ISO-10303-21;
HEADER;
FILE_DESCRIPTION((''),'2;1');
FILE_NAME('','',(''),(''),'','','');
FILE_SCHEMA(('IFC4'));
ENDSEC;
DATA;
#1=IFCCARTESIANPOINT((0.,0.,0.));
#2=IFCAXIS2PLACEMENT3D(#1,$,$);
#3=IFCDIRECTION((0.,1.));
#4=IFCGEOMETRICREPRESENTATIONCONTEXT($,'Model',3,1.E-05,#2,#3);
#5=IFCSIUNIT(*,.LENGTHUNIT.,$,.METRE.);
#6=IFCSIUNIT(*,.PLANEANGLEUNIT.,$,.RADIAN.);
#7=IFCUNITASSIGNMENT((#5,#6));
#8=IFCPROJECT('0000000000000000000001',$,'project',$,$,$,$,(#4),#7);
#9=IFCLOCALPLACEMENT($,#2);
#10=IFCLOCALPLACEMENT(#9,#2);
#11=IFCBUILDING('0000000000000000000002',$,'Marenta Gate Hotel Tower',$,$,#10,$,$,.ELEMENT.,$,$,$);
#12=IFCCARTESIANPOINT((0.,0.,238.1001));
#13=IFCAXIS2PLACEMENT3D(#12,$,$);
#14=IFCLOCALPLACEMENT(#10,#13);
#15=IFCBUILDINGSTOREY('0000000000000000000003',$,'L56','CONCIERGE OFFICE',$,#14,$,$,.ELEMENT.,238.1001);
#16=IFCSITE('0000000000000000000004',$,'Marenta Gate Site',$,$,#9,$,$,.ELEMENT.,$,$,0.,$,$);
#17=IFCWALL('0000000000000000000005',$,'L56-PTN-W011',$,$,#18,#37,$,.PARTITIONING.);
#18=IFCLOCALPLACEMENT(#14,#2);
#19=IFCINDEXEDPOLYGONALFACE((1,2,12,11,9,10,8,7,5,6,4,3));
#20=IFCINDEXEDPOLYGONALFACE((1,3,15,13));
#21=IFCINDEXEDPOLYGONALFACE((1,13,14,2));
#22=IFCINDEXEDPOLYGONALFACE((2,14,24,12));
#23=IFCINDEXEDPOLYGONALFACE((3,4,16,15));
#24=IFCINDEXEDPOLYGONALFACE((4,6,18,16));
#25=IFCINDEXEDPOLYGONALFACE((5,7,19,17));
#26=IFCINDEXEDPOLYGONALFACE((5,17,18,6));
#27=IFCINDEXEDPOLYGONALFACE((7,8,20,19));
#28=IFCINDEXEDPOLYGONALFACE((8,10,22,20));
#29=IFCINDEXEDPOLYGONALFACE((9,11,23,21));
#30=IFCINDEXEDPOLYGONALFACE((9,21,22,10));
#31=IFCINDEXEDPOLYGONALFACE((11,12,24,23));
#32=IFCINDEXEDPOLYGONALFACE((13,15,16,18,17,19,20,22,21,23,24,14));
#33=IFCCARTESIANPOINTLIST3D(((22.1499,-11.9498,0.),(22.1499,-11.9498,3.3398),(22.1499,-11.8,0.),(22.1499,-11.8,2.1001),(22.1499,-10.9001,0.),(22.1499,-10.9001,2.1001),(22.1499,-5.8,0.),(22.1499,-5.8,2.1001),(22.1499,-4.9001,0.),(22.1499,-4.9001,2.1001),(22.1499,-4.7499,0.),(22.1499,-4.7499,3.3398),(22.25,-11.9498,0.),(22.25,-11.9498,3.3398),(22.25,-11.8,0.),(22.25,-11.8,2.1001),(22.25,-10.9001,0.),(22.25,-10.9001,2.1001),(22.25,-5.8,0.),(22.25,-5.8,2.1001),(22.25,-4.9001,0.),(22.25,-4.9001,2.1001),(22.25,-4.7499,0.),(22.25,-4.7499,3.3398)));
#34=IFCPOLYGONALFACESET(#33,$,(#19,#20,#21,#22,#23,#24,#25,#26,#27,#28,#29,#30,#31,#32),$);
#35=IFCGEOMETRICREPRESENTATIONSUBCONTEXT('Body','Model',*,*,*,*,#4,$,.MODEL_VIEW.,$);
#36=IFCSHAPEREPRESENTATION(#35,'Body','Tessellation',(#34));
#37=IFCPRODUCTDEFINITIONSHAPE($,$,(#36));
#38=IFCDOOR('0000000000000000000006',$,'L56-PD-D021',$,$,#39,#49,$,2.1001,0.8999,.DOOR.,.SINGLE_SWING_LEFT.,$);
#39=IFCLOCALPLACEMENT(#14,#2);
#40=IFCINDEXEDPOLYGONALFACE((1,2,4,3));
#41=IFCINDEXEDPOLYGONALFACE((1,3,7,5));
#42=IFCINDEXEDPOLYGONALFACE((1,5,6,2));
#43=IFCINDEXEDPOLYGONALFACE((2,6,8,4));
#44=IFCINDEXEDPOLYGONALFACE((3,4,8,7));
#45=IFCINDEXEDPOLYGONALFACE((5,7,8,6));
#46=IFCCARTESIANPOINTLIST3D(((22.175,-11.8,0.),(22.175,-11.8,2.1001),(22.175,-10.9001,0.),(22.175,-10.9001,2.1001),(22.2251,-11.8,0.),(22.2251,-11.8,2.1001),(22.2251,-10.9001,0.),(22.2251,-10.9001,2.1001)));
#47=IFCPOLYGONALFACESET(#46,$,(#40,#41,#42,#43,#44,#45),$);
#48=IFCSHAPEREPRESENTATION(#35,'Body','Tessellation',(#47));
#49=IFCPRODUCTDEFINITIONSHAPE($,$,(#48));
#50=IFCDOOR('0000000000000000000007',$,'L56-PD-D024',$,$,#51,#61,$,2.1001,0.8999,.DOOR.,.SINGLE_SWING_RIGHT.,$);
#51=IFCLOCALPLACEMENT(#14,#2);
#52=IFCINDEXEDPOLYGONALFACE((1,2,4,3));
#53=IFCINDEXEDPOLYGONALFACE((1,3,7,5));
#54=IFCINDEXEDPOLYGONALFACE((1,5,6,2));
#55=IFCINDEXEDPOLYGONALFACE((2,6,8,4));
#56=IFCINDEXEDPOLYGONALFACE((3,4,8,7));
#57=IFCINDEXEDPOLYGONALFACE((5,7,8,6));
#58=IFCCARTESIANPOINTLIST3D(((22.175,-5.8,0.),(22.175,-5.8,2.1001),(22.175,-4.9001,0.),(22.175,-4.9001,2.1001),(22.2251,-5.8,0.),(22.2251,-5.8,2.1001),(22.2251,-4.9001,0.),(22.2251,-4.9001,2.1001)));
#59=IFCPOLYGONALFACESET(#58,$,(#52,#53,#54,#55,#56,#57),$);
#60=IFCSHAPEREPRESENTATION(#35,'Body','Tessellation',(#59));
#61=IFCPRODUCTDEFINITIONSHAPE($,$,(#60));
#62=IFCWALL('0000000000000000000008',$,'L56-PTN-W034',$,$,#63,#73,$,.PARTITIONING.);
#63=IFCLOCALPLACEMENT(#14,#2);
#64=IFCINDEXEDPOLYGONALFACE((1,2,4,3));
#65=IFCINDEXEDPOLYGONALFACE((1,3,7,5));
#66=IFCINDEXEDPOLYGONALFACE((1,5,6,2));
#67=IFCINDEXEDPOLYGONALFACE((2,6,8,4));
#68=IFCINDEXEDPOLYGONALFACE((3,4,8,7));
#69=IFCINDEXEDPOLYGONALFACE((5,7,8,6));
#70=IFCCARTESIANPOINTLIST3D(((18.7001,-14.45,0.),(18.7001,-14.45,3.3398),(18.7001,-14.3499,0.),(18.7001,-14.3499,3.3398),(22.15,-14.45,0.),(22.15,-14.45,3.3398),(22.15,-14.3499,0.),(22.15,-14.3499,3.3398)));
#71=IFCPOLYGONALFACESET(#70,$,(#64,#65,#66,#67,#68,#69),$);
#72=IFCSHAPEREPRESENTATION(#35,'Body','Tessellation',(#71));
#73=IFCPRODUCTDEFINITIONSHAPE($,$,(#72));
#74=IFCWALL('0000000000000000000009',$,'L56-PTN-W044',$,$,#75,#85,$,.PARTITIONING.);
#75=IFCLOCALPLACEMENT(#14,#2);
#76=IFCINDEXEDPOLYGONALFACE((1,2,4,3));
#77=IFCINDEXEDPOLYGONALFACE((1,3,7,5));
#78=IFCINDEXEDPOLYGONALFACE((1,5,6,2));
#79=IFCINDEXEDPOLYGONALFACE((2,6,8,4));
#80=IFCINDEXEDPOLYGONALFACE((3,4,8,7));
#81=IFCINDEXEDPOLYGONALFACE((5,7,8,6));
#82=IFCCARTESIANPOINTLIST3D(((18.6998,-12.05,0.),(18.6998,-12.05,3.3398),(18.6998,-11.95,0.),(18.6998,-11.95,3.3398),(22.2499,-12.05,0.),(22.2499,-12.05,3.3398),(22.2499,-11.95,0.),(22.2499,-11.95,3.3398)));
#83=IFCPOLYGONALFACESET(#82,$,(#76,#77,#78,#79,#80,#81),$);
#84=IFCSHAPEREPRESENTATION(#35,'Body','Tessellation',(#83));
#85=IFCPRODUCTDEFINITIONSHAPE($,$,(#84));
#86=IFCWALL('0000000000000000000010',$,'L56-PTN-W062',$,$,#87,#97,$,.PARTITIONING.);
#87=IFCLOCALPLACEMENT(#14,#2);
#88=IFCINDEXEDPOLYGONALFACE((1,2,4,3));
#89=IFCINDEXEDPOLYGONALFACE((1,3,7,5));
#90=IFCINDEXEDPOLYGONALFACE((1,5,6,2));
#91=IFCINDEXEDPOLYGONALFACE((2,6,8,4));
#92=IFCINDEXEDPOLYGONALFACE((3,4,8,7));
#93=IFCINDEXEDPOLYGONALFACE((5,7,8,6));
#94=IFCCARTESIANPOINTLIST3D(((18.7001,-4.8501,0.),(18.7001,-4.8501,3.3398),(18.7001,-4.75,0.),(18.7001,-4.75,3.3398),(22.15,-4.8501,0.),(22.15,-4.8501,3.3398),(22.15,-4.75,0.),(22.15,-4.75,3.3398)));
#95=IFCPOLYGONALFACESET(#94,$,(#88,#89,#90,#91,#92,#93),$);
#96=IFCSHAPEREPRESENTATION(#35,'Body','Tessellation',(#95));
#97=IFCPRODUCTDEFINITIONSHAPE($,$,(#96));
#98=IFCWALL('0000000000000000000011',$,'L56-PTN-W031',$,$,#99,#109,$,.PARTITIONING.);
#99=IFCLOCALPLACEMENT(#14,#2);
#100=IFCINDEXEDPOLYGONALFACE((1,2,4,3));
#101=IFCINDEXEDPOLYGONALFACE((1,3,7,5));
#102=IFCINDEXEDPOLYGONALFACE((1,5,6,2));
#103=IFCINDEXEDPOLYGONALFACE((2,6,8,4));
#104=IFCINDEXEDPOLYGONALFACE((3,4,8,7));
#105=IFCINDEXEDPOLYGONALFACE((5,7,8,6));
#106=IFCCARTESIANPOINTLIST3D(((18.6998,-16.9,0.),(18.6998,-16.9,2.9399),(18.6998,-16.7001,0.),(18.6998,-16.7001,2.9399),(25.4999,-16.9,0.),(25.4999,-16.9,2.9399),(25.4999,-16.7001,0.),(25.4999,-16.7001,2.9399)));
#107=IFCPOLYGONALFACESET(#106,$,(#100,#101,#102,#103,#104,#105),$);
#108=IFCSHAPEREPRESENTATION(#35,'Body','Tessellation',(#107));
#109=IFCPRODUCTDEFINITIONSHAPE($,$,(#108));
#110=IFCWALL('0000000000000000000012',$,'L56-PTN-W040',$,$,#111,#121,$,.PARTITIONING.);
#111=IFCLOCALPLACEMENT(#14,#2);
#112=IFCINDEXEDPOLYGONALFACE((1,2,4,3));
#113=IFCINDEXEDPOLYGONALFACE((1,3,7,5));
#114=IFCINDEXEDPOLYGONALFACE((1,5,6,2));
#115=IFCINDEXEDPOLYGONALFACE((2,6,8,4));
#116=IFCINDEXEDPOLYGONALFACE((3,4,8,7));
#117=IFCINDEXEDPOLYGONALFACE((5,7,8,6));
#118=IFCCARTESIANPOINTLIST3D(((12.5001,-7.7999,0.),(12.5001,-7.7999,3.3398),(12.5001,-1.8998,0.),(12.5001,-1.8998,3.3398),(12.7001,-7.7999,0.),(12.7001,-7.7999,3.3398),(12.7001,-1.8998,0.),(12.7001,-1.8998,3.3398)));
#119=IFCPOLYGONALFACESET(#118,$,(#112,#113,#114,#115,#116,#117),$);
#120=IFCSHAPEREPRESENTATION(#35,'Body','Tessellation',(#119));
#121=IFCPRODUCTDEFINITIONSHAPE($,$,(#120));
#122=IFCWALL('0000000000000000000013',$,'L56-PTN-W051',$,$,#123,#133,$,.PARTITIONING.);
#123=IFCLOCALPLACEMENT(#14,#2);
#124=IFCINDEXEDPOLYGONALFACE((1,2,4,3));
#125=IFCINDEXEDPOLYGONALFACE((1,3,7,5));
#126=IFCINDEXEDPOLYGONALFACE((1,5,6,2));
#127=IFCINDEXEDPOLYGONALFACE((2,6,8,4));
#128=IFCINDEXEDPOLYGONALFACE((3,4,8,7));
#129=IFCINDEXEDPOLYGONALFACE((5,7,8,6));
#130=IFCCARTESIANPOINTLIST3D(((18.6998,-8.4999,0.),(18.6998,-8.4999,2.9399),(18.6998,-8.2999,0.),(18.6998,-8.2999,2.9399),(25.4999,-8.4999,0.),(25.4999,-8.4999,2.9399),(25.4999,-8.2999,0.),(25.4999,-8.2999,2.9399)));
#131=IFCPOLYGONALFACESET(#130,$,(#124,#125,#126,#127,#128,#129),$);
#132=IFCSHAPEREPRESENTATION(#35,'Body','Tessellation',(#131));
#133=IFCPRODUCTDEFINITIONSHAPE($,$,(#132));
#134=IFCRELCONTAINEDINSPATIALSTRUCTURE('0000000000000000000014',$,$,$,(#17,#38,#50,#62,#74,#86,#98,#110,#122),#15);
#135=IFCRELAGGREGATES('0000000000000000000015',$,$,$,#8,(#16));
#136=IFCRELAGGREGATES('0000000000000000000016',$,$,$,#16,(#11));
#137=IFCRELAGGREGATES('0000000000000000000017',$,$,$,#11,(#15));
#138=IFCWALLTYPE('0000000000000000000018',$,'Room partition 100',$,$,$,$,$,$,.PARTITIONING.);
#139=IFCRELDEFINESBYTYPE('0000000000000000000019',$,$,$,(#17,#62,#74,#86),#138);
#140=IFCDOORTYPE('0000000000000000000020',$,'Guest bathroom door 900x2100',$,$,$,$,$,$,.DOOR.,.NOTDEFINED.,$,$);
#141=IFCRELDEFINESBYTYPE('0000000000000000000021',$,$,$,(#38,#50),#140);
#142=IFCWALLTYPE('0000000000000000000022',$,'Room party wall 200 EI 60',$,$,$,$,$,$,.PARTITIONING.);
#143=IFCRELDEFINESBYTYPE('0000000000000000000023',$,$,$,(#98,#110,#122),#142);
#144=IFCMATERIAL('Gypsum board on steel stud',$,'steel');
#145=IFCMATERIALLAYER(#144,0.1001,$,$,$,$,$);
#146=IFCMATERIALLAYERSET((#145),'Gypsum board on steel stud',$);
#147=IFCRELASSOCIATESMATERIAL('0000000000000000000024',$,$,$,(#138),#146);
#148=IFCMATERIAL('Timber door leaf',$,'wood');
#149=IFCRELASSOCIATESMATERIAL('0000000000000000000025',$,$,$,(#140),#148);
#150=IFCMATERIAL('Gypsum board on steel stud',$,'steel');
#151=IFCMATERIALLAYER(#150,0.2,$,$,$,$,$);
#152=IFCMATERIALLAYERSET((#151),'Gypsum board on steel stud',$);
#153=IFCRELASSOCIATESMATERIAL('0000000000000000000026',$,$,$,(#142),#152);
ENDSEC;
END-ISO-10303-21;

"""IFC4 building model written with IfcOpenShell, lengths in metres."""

from ifc_helpers import new_model, si_unit, direction, frame, frame_2d, origin, place, context, subcontext, project, spatial, rectangle, extrude, material, layer, layer_set, type_object, element, fill, save


model = new_model("IFC4")

# Units and contexts
model_context = context("Model", 3, precision=1e-05, world=origin(), true_north=direction((0.0, 1.0)))
body_context = subcontext(model_context, "Body", "Model", "MODEL_VIEW")
ifc_project = project(units=[si_unit("LENGTHUNIT", "METRE"), si_unit("PLANEANGLEUNIT", "RADIAN")], contexts=[model_context])

# Site, building, storey
site_placement = place(None, origin())
site = spatial("IfcSite", under=ifc_project, at=site_placement, Name="Marenta Gate Site", CompositionType="ELEMENT", RefElevation=0.0)
building_placement = place(site_placement, origin())
building = spatial("IfcBuilding", under=site, at=building_placement, Name="Marenta Gate Hotel Tower", CompositionType="ELEMENT")
storey_placement = place(building_placement, frame((0.0, 0.0, 238.1001)))
storey = spatial("IfcBuildingStorey", under=building, at=storey_placement, Name="L56", Description="CONCIERGE OFFICE", CompositionType="ELEMENT", Elevation=238.1001)

# Shared definitions
ifc_material_1 = material(Name="Gypsum board on steel stud", Category="steel")
ifc_layer_1 = layer(ifc_material_1, 0.1001)
ifc_layer_set_1 = layer_set([ifc_layer_1], Name="Gypsum board on steel stud")
wall_type_1 = type_object("IfcWallType", Name="Room partition 100", PredefinedType="PARTITIONING", material=ifc_layer_set_1)

# Wall, openings, doors
wall_1_placement = place(storey_placement, frame((22.2, -11.95, 0.0), z_axis=(0.0, 0.0, 1.0), x_axis=(0.0, 1.0, 0.0)))
wall_1 = element("IfcWall", 1, at=wall_1_placement, inside=storey, type_object=wall_type_1, Name="L56-PTN-W011", PredefinedType="PARTITIONING", context=body_context, shape_type="SweptSolid", body=[
    extrude(rectangle(XDim=7.2, YDim=0.1001, at=frame_2d((3.6001, 0.0))), origin(), (0.0, 0.0, 1.0), 3.3398),
])
opening_1_placement = place(wall_1_placement, frame((0.1499, 0.0, 0.0)))
opening_1 = element("IfcOpeningElement", 2, at=opening_1_placement, cuts=wall_1, PredefinedType="OPENING", context=body_context, shape_type="SweptSolid", body=[
    extrude(rectangle(XDim=0.8999, YDim=2.1001, at=frame_2d((0.45, 1.05))), frame((0.0, 0.05, 0.0), z_axis=(0.0, -1.0, 0.0), x_axis=(1.0, 0.0, 0.0)), (0.0, 0.0, 1.0), 0.1001),
])
opening_2_placement = place(wall_1_placement, frame((6.1499, 0.0, 0.0)))
opening_2 = element("IfcOpeningElement", 3, at=opening_2_placement, cuts=wall_1, PredefinedType="OPENING", context=body_context, shape_type="SweptSolid", body=[
    extrude(rectangle(XDim=0.8999, YDim=2.1001, at=frame_2d((0.45, 1.05))), frame((0.0, 0.05, 0.0), z_axis=(0.0, -1.0, 0.0), x_axis=(1.0, 0.0, 0.0)), (0.0, 0.0, 1.0), 0.1001),
])
ifc_material_2 = material(Name="Timber door leaf", Category="wood")
door_type_1 = type_object("IfcDoorType", Name="Guest bathroom door 900x2100", OperationType="NOTDEFINED", PredefinedType="DOOR", material=ifc_material_2)
door_1_placement = place(opening_1_placement, origin())
door_1 = element("IfcDoor", 4, at=door_1_placement, inside=storey, type_object=door_type_1, Name="L56-PD-D021", OperationType="SINGLE_SWING_LEFT", OverallHeight=2.1001, OverallWidth=0.8999, PredefinedType="DOOR", context=body_context, shape_type="SweptSolid", body=[
    extrude(rectangle(XDim=0.8999, YDim=2.1001, at=frame_2d((0.45, 1.05))), frame((0.0, 0.0249, 0.0), z_axis=(0.0, -1.0, 0.0), x_axis=(1.0, 0.0, 0.0)), (0.0, 0.0, 1.0), 0.05),
])
fill(opening_1, door_1)
door_2_placement = place(opening_2_placement, origin())
door_2 = element("IfcDoor", 5, at=door_2_placement, inside=storey, type_object=door_type_1, Name="L56-PD-D024", OperationType="SINGLE_SWING_RIGHT", OverallHeight=2.1001, OverallWidth=0.8999, PredefinedType="DOOR", context=body_context, shape_type="SweptSolid", body=[
    extrude(rectangle(XDim=0.8999, YDim=2.1001, at=frame_2d((0.45, 1.05))), frame((0.0, 0.0249, 0.0), z_axis=(0.0, -1.0, 0.0), x_axis=(1.0, 0.0, 0.0)), (0.0, 0.0, 1.0), 0.05),
])
fill(opening_2, door_2)

# Walls
wall_2_placement = place(storey_placement, frame((18.7, -14.3999, 0.0), z_axis=(0.0, 0.0, 1.0), x_axis=(1.0, 0.0, 0.0)))
element("IfcWall", 6, at=wall_2_placement, inside=storey, type_object=wall_type_1, Name="L56-PTN-W034", PredefinedType="PARTITIONING", context=body_context, shape_type="SweptSolid", body=[
    extrude(rectangle(XDim=3.45, YDim=0.1001, at=frame_2d((1.7251, 0.0))), origin(), (0.0, 0.0, 1.0), 3.3398),
])
wall_3_placement = place(storey_placement, frame((18.7, -12.0, 0.0), z_axis=(0.0, 0.0, 1.0), x_axis=(1.0, 0.0, 0.0)))
element("IfcWall", 7, at=wall_3_placement, inside=storey, type_object=wall_type_1, Name="L56-PTN-W044", PredefinedType="PARTITIONING", context=body_context, shape_type="SweptSolid", body=[
    extrude(rectangle(XDim=3.55, YDim=0.1001, at=frame_2d((1.7749, 0.0))), origin(), (0.0, 0.0, 1.0), 3.3398),
])
wall_4_placement = place(storey_placement, frame((18.7, -4.8, 0.0), z_axis=(0.0, 0.0, 1.0), x_axis=(1.0, 0.0, 0.0)))
element("IfcWall", 8, at=wall_4_placement, inside=storey, type_object=wall_type_1, Name="L56-PTN-W062", PredefinedType="PARTITIONING", context=body_context, shape_type="SweptSolid", body=[
    extrude(rectangle(XDim=3.45, YDim=0.1001, at=frame_2d((1.7251, 0.0))), origin(), (0.0, 0.0, 1.0), 3.3398),
])
ifc_material_3 = material(Name="Gypsum board on steel stud", Category="steel")
ifc_layer_2 = layer(ifc_material_3, 0.2)
ifc_layer_set_2 = layer_set([ifc_layer_2], Name="Gypsum board on steel stud")
wall_type_2 = type_object("IfcWallType", Name="Room party wall 200 EI 60", PredefinedType="PARTITIONING", material=ifc_layer_set_2)
wall_5_placement = place(storey_placement, frame((18.7, -16.8, 0.0), z_axis=(0.0, 0.0, 1.0), x_axis=(1.0, 0.0, 0.0)))
element("IfcWall", 9, at=wall_5_placement, inside=storey, type_object=wall_type_2, Name="L56-PTN-W031", PredefinedType="PARTITIONING", context=body_context, shape_type="SweptSolid", body=[
    extrude(rectangle(XDim=6.8, YDim=0.2, at=frame_2d((3.3999, 0.0))), origin(), (0.0, 0.0, 1.0), 2.9399),
])
wall_6_placement = place(storey_placement, frame((12.6001, -7.8, 0.0), z_axis=(0.0, 0.0, 1.0), x_axis=(0.0, 1.0, 0.0)))
element("IfcWall", 10, at=wall_6_placement, inside=storey, type_object=wall_type_2, Name="L56-PTN-W040", PredefinedType="PARTITIONING", context=body_context, shape_type="SweptSolid", body=[
    extrude(rectangle(XDim=5.9001, YDim=0.2, at=frame_2d((2.9502, 0.0))), origin(), (0.0, 0.0, 1.0), 3.3398),
])
wall_7_placement = place(storey_placement, frame((18.7, -8.3999, 0.0), z_axis=(0.0, 0.0, 1.0), x_axis=(1.0, 0.0, 0.0)))
element("IfcWall", 11, at=wall_7_placement, inside=storey, type_object=wall_type_2, Name="L56-PTN-W051", PredefinedType="PARTITIONING", context=body_context, shape_type="SweptSolid", body=[
    extrude(rectangle(XDim=6.8, YDim=0.2, at=frame_2d((3.3999, 0.0))), origin(), (0.0, 0.0, 1.0), 2.9399),
])

save(model, "model.ifc")
